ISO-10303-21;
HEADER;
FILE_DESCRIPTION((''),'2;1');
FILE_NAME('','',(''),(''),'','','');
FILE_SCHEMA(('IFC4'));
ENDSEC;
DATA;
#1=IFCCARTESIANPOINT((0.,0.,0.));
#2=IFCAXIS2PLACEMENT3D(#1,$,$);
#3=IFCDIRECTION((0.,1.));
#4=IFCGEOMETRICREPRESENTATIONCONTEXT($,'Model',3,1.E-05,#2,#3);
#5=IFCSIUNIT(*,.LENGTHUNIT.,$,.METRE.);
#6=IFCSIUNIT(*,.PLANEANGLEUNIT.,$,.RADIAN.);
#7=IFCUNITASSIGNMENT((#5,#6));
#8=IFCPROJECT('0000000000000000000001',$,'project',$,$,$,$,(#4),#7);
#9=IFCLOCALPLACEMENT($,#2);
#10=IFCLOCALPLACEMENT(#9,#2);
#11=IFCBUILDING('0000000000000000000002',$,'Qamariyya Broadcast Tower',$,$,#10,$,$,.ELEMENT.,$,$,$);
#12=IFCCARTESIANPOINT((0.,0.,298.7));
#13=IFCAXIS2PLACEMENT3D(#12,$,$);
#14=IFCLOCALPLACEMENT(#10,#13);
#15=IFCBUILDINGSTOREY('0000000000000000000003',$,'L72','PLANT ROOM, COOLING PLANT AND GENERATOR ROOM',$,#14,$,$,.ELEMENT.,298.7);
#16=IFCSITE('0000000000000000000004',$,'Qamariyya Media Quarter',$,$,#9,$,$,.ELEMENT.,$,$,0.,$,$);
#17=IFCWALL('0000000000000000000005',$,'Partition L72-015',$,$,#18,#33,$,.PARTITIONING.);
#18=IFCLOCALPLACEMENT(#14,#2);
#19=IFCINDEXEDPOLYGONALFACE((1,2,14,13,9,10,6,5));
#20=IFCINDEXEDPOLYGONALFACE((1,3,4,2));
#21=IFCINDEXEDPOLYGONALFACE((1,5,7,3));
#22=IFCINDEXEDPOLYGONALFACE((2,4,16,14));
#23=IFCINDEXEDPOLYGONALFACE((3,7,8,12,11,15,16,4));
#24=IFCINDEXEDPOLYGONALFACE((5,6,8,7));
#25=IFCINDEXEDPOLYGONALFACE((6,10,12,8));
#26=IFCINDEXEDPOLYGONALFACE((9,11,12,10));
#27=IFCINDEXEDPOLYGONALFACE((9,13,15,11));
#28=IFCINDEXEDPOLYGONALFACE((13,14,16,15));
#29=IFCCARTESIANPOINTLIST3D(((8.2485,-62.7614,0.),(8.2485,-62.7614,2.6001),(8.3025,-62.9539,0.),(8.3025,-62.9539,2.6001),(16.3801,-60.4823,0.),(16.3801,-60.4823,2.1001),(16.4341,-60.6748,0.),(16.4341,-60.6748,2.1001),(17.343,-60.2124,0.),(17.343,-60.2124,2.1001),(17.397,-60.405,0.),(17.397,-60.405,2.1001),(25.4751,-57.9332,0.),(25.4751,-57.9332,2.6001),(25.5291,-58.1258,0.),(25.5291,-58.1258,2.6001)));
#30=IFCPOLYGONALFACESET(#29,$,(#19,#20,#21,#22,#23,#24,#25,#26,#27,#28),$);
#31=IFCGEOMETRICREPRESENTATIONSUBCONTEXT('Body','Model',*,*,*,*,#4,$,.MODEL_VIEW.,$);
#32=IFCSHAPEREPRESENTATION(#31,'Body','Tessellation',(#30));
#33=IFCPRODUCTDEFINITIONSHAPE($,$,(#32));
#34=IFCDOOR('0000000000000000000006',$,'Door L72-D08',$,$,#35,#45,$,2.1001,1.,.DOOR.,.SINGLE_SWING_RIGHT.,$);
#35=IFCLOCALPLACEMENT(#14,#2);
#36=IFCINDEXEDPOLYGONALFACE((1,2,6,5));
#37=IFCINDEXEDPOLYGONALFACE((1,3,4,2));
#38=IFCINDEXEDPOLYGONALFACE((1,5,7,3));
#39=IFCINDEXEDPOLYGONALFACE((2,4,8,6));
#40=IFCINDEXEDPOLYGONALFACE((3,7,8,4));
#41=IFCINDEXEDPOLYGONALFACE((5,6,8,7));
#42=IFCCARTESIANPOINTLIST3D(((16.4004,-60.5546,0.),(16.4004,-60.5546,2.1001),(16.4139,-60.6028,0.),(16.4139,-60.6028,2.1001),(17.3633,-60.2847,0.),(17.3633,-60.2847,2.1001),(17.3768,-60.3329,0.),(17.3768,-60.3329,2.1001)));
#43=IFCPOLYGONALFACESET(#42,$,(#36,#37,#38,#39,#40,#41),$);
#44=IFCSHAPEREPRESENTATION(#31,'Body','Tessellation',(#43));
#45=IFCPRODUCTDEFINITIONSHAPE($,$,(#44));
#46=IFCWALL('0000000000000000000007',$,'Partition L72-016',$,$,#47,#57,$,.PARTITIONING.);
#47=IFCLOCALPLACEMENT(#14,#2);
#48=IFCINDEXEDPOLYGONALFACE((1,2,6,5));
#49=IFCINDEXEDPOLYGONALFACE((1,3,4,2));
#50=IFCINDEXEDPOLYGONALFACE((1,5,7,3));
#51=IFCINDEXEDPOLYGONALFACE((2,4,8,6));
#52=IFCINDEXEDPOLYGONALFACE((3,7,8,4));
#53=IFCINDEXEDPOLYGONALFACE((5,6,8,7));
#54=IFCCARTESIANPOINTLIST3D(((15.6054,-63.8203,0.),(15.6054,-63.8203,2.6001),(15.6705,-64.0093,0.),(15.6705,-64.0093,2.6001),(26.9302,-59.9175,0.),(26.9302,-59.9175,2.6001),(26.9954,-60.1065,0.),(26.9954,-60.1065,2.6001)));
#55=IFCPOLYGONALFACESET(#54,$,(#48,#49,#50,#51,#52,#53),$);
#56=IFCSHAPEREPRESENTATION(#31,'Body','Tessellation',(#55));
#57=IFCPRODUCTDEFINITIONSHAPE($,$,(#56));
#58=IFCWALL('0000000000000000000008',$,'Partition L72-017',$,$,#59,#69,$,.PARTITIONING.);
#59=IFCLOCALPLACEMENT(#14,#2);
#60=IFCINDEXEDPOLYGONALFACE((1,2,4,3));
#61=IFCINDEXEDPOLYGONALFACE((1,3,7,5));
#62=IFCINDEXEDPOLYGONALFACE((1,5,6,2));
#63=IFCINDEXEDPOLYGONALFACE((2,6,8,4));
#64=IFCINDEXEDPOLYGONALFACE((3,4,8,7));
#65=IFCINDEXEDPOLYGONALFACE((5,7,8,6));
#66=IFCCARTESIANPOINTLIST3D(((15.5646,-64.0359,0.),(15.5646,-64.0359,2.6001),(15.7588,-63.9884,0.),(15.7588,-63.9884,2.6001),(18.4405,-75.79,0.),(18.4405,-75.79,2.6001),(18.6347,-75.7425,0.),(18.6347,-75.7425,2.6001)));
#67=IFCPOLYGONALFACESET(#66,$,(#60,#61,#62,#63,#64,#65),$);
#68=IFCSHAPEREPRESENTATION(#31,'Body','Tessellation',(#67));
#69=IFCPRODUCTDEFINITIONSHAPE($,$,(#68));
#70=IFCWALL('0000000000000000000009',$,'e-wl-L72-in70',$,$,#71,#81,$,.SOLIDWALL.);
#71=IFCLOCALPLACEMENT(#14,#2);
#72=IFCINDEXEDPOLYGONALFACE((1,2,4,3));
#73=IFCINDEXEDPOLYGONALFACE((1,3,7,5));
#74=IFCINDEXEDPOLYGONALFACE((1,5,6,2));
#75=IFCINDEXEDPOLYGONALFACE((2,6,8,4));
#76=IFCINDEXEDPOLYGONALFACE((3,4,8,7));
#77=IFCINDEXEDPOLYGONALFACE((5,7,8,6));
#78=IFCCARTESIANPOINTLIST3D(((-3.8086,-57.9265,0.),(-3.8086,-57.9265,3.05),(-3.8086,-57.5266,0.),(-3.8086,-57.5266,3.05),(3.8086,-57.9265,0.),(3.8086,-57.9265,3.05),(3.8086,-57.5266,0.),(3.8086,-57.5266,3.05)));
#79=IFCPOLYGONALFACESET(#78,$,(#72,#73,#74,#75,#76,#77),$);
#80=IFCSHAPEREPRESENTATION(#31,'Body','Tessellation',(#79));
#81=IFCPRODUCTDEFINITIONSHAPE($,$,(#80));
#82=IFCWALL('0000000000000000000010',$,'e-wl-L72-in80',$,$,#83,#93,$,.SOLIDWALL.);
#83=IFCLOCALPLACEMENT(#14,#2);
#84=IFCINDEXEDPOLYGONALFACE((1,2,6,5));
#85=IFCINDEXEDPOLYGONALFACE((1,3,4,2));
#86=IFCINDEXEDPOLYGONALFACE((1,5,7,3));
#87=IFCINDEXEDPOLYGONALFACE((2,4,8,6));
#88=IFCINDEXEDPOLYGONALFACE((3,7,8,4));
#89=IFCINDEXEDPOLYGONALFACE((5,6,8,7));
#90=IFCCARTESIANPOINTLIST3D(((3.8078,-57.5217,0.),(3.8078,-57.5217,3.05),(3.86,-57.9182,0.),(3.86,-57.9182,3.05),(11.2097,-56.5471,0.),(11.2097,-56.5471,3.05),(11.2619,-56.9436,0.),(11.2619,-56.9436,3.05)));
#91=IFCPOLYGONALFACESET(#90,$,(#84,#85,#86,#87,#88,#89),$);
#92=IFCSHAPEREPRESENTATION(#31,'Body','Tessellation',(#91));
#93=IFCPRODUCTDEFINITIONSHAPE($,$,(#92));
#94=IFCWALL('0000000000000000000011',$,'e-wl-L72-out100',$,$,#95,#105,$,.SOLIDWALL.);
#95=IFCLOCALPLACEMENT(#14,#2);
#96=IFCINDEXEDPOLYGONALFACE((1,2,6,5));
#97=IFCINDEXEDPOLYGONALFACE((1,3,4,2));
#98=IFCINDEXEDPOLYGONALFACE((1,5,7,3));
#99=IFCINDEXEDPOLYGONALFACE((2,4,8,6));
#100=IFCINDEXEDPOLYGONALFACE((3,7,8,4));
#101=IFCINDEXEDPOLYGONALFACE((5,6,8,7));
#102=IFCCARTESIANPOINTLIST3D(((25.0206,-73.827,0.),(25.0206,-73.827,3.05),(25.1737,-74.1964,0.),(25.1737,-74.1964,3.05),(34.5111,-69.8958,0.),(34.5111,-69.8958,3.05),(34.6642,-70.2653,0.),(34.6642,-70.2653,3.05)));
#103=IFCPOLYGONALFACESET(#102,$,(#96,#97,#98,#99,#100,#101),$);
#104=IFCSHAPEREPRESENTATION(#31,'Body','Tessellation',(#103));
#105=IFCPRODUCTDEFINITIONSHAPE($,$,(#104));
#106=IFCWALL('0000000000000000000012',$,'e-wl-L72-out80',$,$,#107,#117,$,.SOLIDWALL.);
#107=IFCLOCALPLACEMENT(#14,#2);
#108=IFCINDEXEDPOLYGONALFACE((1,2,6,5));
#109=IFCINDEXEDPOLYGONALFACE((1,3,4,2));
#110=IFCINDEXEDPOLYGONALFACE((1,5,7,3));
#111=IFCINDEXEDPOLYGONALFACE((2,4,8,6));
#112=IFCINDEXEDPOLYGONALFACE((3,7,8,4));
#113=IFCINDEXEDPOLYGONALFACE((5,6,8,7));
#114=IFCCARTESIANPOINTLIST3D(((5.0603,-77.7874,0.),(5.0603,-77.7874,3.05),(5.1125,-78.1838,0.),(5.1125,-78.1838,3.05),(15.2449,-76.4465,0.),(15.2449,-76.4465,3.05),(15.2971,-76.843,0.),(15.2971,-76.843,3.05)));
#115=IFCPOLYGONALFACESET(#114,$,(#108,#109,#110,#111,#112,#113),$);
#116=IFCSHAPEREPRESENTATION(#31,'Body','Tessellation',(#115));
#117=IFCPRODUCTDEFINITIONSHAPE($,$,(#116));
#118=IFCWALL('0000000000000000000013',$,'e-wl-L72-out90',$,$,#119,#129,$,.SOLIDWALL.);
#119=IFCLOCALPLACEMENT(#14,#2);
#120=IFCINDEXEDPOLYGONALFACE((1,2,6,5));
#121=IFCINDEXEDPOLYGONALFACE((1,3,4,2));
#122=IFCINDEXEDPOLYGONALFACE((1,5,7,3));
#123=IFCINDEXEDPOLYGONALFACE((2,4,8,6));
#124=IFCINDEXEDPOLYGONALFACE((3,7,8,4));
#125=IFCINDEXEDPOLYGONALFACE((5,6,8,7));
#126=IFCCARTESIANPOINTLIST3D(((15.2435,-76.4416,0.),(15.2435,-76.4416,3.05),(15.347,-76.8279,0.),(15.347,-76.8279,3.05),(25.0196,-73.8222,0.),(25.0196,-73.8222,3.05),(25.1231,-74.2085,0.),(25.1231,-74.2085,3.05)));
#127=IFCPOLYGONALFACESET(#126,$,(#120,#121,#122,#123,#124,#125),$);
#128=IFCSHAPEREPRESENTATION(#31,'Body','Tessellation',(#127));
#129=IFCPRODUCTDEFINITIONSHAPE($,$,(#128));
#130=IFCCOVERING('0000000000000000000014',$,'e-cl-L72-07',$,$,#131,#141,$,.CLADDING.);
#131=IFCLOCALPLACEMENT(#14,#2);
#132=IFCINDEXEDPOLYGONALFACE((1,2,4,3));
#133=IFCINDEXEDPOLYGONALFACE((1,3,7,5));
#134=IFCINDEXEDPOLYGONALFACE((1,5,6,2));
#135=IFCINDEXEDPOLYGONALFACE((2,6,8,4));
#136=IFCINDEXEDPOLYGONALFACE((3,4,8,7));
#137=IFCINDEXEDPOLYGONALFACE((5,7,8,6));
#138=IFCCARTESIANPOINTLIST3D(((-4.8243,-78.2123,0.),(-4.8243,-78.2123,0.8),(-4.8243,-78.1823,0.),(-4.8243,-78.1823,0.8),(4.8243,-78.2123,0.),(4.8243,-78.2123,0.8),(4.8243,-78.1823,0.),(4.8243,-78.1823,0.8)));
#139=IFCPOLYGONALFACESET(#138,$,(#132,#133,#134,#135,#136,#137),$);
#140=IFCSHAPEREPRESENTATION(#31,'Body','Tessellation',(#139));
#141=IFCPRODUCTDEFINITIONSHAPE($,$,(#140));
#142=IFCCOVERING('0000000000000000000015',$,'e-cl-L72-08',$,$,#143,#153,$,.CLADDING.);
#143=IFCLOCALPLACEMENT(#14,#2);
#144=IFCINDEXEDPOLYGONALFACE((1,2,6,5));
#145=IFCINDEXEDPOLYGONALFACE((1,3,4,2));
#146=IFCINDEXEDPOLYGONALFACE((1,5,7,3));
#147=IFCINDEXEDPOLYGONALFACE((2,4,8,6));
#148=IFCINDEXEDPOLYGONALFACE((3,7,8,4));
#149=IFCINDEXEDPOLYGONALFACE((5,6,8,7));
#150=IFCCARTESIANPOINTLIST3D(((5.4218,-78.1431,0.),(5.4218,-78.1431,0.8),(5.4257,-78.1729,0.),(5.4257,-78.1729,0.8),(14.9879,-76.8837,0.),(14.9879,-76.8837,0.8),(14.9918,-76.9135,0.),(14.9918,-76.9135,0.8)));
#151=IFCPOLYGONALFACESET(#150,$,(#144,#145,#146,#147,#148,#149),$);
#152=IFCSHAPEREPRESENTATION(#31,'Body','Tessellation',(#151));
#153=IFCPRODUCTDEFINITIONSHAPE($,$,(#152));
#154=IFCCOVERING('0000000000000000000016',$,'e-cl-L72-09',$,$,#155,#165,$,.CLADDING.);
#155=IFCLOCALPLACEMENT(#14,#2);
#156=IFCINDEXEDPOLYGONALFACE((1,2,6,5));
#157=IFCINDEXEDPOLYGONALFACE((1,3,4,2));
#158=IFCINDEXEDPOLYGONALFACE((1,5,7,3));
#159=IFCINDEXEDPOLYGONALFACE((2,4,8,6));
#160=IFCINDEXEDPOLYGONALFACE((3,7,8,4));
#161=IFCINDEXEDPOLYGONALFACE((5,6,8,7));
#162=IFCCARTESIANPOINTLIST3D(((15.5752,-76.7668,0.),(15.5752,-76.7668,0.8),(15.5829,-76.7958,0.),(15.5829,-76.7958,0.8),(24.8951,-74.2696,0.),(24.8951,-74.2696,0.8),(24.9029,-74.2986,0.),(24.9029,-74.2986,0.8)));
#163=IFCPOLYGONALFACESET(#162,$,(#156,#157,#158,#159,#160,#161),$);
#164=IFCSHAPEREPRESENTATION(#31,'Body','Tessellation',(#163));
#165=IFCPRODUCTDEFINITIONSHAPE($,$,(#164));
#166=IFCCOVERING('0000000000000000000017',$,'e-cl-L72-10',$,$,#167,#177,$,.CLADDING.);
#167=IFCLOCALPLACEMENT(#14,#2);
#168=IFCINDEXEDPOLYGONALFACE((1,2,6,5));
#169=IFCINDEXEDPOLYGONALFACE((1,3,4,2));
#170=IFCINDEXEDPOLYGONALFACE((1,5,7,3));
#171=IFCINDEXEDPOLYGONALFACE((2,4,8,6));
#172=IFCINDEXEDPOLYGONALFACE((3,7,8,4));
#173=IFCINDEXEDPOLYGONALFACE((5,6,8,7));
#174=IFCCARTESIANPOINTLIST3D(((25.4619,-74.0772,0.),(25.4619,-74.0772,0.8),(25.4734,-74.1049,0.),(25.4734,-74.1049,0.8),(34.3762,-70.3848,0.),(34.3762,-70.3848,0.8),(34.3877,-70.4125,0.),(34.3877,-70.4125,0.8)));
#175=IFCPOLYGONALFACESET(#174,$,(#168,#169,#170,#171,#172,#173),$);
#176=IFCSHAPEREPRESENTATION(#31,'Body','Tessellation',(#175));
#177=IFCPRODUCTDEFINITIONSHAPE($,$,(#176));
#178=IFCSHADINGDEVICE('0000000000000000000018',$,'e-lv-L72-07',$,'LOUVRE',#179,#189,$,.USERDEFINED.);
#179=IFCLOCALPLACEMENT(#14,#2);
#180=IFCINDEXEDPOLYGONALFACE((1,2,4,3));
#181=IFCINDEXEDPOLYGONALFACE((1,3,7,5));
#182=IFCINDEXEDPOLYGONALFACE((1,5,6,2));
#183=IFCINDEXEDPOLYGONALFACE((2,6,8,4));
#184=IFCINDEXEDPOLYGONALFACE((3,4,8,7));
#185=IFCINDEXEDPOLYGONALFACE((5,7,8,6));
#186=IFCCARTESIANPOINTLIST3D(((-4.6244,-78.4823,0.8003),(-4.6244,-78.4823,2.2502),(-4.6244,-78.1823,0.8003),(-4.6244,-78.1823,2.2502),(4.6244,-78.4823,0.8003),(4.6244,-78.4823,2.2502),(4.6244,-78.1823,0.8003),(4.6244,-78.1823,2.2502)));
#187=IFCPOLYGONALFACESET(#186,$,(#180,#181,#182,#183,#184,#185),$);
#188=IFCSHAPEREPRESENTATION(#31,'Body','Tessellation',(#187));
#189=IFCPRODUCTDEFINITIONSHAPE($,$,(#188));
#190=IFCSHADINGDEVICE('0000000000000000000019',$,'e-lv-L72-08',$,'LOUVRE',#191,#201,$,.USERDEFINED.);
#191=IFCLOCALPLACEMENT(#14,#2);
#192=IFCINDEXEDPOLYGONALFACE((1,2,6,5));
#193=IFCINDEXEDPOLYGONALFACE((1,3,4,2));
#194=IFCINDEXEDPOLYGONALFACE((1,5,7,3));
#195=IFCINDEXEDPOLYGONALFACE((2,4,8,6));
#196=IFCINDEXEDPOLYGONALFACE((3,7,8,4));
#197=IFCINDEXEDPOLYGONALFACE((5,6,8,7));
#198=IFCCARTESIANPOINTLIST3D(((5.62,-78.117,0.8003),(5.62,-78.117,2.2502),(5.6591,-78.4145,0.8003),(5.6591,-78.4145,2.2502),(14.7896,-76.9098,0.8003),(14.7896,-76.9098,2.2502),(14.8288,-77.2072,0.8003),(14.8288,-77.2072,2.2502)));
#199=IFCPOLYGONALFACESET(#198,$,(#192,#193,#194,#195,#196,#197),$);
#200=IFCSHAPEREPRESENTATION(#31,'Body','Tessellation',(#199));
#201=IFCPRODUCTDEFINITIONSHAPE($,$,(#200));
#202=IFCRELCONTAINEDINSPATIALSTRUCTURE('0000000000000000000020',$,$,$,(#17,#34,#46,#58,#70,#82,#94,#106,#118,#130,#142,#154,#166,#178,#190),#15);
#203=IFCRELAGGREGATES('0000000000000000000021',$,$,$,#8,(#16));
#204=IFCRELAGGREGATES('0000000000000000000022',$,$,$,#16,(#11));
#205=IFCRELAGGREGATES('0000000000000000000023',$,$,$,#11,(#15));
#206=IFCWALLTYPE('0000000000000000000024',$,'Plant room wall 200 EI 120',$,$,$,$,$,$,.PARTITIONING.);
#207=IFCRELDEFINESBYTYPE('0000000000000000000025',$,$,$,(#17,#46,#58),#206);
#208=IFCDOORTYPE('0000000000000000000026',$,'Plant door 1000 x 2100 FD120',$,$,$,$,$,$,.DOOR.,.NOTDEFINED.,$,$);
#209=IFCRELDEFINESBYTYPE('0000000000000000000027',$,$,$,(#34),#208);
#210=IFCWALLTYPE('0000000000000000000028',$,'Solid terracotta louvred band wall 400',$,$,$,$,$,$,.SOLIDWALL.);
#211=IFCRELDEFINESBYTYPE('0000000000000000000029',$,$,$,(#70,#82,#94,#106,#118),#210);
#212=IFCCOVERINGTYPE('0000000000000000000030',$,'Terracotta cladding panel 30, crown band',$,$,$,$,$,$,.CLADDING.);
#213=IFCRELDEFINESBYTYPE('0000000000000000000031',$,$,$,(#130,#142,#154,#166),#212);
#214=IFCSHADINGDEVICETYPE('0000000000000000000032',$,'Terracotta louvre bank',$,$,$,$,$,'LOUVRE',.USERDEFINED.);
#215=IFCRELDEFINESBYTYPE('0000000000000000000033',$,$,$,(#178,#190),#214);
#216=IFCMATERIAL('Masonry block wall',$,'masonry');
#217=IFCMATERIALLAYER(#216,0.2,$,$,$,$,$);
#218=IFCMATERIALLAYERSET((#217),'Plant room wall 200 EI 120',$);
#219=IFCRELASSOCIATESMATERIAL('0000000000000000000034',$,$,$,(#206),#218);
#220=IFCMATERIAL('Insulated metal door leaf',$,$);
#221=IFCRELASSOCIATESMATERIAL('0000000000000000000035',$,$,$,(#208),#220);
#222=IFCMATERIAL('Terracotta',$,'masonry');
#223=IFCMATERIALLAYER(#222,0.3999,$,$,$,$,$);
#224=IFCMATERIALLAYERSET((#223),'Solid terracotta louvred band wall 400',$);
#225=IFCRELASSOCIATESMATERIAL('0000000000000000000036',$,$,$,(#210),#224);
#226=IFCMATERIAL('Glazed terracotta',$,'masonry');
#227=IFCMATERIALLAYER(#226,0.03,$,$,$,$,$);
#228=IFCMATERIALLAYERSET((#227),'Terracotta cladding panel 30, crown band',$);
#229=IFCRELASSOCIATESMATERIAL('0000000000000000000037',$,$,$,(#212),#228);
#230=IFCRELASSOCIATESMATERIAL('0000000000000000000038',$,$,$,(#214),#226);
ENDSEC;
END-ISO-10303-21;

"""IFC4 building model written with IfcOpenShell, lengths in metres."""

from ifc_helpers import new_model, si_unit, direction, frame, frame_2d, origin, origin_2d, place, context, subcontext, project, spatial, rectangle, extrude, material, layer, layer_set, type_object, element, fill, save


model = new_model("IFC4")

# Units and contexts
model_context = context("Model", 3, precision=1e-05, world=origin(), true_north=direction((0.0, 1.0)))
body_context = subcontext(model_context, "Body", "Model", "MODEL_VIEW")
ifc_project = project(units=[si_unit("LENGTHUNIT", "METRE"), si_unit("PLANEANGLEUNIT", "RADIAN")], contexts=[model_context])

# Site, building, storey
site_placement = place(None, origin())
site = spatial("IfcSite", under=ifc_project, at=site_placement, Name="Qamariyya Media Quarter", CompositionType="ELEMENT", RefElevation=0.0)
building_placement = place(site_placement, origin())
building = spatial("IfcBuilding", under=site, at=building_placement, Name="Qamariyya Broadcast Tower", CompositionType="ELEMENT")
storey_placement = place(building_placement, frame((0.0, 0.0, 298.7)))
storey = spatial("IfcBuildingStorey", under=building, at=storey_placement, Name="L72", Description="PLANT ROOM, COOLING PLANT AND GENERATOR ROOM", CompositionType="ELEMENT", Elevation=298.7)

# Shared definitions
ifc_material_1 = material(Name="Masonry block wall", Category="masonry")
ifc_layer_1 = layer(ifc_material_1, 0.2)
ifc_layer_set_1 = layer_set([ifc_layer_1], Name="Plant room wall 200 EI 120")
wall_type_1 = type_object("IfcWallType", Name="Plant room wall 200 EI 120", PredefinedType="PARTITIONING", material=ifc_layer_set_1)
ifc_material_2 = material(Name="Insulated metal door leaf")

# Wall, opening, door
wall_1_placement = place(storey_placement, frame((8.2754, -62.8577, 0.0), z_axis=(0.0, 0.0, 1.0), x_axis=(0.962896, 0.269873, 0.0)))
wall_1 = element("IfcWall", 1, at=wall_1_placement, inside=storey, type_object=wall_type_1, Name="Partition L72-015", PredefinedType="PARTITIONING", context=body_context, shape_type="SweptSolid", body=[
    extrude(rectangle(XDim=17.8904, YDim=0.2, at=frame_2d((8.9453, 0.0))), origin(), (0.0, 0.0, 1.0), 2.6001),
])
opening_1_placement = place(wall_1_placement, frame((8.4451, 0.0, 0.0)))
opening_1 = element("IfcOpeningElement", 2, at=opening_1_placement, cuts=wall_1, PredefinedType="OPENING", context=body_context, shape_type="SweptSolid", body=[
    extrude(rectangle(XDim=1.0, YDim=2.1001, at=frame_2d((0.5, 1.05))), frame((0.0, 0.1099, 0.0), z_axis=(0.0, -1.0, 0.0), x_axis=(1.0, 0.0, 0.0)), (0.0, 0.0, 1.0), 0.22),
])
door_type_1 = type_object("IfcDoorType", Name="Plant door 1000 x 2100 FD120", OperationType="NOTDEFINED", PredefinedType="DOOR", material=ifc_material_2)
door_1_placement = place(opening_1_placement, origin())
door_1 = element("IfcDoor", 3, at=door_1_placement, inside=storey, type_object=door_type_1, Name="Door L72-D08", OperationType="SINGLE_SWING_RIGHT", OverallHeight=2.1001, OverallWidth=1.0, PredefinedType="DOOR", context=body_context, shape_type="SweptSolid", body=[
    extrude(rectangle(XDim=1.0, YDim=2.1001, at=frame_2d((0.5, 1.05))), frame((0.0, 0.0249, 0.0), z_axis=(0.0, -1.0, 0.0), x_axis=(1.0, 0.0, 0.0)), (0.0, 0.0, 1.0), 0.05),
])
fill(opening_1, door_1)

# Walls
wall_2_placement = place(storey_placement, frame((15.6379, -63.9148, 0.0), z_axis=(0.0, 0.0, 1.0), x_axis=(0.945433, 0.325817, 0.0)))
element("IfcWall", 4, at=wall_2_placement, inside=storey, type_object=wall_type_1, Name="Partition L72-016", PredefinedType="PARTITIONING", context=body_context, shape_type="SweptSolid", body=[
    extrude(rectangle(XDim=11.9785, YDim=0.2, at=frame_2d((5.9893, 0.0))), origin(), (0.0, 0.0, 1.0), 2.6001),
])
wall_3_placement = place(storey_placement, frame((18.5376, -75.7661, 0.0), z_axis=(0.0, 0.0, 1.0), x_axis=(-0.237667, 0.971347, 0.0)))
element("IfcWall", 5, at=wall_3_placement, inside=storey, type_object=wall_type_1, Name="Partition L72-017", PredefinedType="PARTITIONING", context=body_context, shape_type="SweptSolid", body=[
    extrude(rectangle(XDim=12.1008, YDim=0.2, at=frame_2d((6.0503, 0.0))), origin(), (0.0, 0.0, 1.0), 2.6001),
])
ifc_material_3 = material(Name="Terracotta", Category="masonry")
ifc_layer_2 = layer(ifc_material_3, 0.3999)
ifc_layer_set_2 = layer_set([ifc_layer_2], Name="Solid terracotta louvred band wall 400")
wall_type_2 = type_object("IfcWallType", Name="Solid terracotta louvred band wall 400", PredefinedType="SOLIDWALL", material=ifc_layer_set_2)
wall_4_placement = place(storey_placement, frame((3.8086, -57.7266, 0.0), z_axis=(0.0, 0.0, 1.0), x_axis=(-1.0, 0.0, 0.0)))
element("IfcWall", 6, at=wall_4_placement, inside=storey, type_object=wall_type_2, Name="e-wl-L72-in70", PredefinedType="SOLIDWALL", context=body_context, shape_type="SweptSolid", body=[
    extrude(rectangle(XDim=7.6172, YDim=0.3999, at=frame_2d((3.8086, 0.0))), origin(), (0.0, 0.0, 1.0), 3.05),
])
wall_5_placement = place(storey_placement, frame((11.2358, -56.7454, 0.0), z_axis=(0.0, 0.0, 1.0), x_axis=(-0.991442, -0.130544, 0.0)))
element("IfcWall", 7, at=wall_5_placement, inside=storey, type_object=wall_type_2, Name="e-wl-L72-in80", PredefinedType="SOLIDWALL", context=body_context, shape_type="SweptSolid", body=[
    extrude(rectangle(XDim=7.4658, YDim=0.3999, at=frame_2d((3.7329, 0.0))), origin(), (0.0, 0.0, 1.0), 3.05),
])
for number, where, z_axis, x_axis, name in (
    (8, (25.0972, -74.0117, 0.0), (0.0, 0.0, 1.0), (0.923877, 0.382689, 0.0), "e-wl-L72-out100"),
    (9, (5.0864, -77.9856, 0.0), (0.0, 0.0, 1.0), (0.991445, 0.130526, 0.0), "e-wl-L72-out80"),
):
    element("IfcWall", number, at=place(storey_placement, frame(where, z_axis=z_axis, x_axis=x_axis)), inside=storey, type_object=wall_type_2, Name=name, PredefinedType="SOLIDWALL", context=body_context, shape_type="SweptSolid", body=[
        extrude(rectangle(XDim=10.2725, YDim=0.3999, at=frame_2d((5.1362, 0.0))), origin(), (0.0, 0.0, 1.0), 3.05),
    ])
wall_6_placement = place(storey_placement, frame((15.2952, -76.6348, 0.0), z_axis=(0.0, 0.0, 1.0), x_axis=(0.965929, 0.258808, 0.0)))
element("IfcWall", 10, at=wall_6_placement, inside=storey, type_object=wall_type_2, Name="e-wl-L72-out90", PredefinedType="SOLIDWALL", context=body_context, shape_type="SweptSolid", body=[
    extrude(rectangle(XDim=10.1208, YDim=0.3999, at=frame_2d((5.0605, 0.0))), origin(), (0.0, 0.0, 1.0), 3.05),
])

# Coverings
ifc_material_4 = material(Name="Glazed terracotta", Category="masonry")
ifc_layer_3 = layer(ifc_material_4, 0.03)
ifc_layer_set_3 = layer_set([ifc_layer_3], Name="Terracotta cladding panel 30, crown band")
covering_type = type_object("IfcCoveringType", Name="Terracotta cladding panel 30, crown band", PredefinedType="CLADDING", material=ifc_layer_set_3)
for number, where, z_axis, x_axis, name in (
    (11, (0.0, -78.1973, 0.0), (0.0, 0.0, 1.0), (1.0, 0.0, 0.0), "e-cl-L72-07"),
    (12, (10.2068, -77.5283, 0.0), (0.0, 0.0, 1.0), (0.991445, 0.130526, 0.0), "e-cl-L72-08"),
    (13, (20.239, -75.5327, 0.0), (0.0, 0.0, 1.0), (0.965926, 0.258819, 0.0), "e-cl-L72-09"),
    (14, (29.9248, -72.2449, 0.0), (0.0, 0.0, 1.0), (0.92388, 0.382683, 0.0), "e-cl-L72-10"),
):
    element("IfcCovering", number, at=place(storey_placement, frame(where, z_axis=z_axis, x_axis=x_axis)), inside=storey, type_object=covering_type, Name=name, PredefinedType="CLADDING", context=body_context, shape_type="SweptSolid", body=[
        extrude(rectangle(XDim=9.6487, YDim=0.03, at=origin_2d()), origin(), (0.0, 0.0, 1.0), 0.8),
    ])

# Shading devices
shading_device_type = type_object("IfcShadingDeviceType", Name="Terracotta louvre bank", ElementType="LOUVRE", PredefinedType="USERDEFINED", material=ifc_material_4)
for number, where, z_axis, x_axis, name in (
    (15, (0.0, -78.3323, 0.8003), (0.0, 0.0, 1.0), (1.0, 0.0, 0.0), "e-lv-L72-07"),
    (16, (10.2244, -77.6621, 0.8003), (0.0, 0.0, 1.0), (0.991445, 0.130526, 0.0), "e-lv-L72-08"),
):
    element("IfcShadingDevice", number, at=place(storey_placement, frame(where, z_axis=z_axis, x_axis=x_axis)), inside=storey, type_object=shading_device_type, Name=name, ObjectType="LOUVRE", PredefinedType="USERDEFINED", context=body_context, shape_type="SweptSolid", body=[
        extrude(rectangle(XDim=9.2488, YDim=0.3, at=origin_2d()), origin(), (0.0, 0.0, 1.0), 1.45),
    ])

save(model, "model.ifc")
